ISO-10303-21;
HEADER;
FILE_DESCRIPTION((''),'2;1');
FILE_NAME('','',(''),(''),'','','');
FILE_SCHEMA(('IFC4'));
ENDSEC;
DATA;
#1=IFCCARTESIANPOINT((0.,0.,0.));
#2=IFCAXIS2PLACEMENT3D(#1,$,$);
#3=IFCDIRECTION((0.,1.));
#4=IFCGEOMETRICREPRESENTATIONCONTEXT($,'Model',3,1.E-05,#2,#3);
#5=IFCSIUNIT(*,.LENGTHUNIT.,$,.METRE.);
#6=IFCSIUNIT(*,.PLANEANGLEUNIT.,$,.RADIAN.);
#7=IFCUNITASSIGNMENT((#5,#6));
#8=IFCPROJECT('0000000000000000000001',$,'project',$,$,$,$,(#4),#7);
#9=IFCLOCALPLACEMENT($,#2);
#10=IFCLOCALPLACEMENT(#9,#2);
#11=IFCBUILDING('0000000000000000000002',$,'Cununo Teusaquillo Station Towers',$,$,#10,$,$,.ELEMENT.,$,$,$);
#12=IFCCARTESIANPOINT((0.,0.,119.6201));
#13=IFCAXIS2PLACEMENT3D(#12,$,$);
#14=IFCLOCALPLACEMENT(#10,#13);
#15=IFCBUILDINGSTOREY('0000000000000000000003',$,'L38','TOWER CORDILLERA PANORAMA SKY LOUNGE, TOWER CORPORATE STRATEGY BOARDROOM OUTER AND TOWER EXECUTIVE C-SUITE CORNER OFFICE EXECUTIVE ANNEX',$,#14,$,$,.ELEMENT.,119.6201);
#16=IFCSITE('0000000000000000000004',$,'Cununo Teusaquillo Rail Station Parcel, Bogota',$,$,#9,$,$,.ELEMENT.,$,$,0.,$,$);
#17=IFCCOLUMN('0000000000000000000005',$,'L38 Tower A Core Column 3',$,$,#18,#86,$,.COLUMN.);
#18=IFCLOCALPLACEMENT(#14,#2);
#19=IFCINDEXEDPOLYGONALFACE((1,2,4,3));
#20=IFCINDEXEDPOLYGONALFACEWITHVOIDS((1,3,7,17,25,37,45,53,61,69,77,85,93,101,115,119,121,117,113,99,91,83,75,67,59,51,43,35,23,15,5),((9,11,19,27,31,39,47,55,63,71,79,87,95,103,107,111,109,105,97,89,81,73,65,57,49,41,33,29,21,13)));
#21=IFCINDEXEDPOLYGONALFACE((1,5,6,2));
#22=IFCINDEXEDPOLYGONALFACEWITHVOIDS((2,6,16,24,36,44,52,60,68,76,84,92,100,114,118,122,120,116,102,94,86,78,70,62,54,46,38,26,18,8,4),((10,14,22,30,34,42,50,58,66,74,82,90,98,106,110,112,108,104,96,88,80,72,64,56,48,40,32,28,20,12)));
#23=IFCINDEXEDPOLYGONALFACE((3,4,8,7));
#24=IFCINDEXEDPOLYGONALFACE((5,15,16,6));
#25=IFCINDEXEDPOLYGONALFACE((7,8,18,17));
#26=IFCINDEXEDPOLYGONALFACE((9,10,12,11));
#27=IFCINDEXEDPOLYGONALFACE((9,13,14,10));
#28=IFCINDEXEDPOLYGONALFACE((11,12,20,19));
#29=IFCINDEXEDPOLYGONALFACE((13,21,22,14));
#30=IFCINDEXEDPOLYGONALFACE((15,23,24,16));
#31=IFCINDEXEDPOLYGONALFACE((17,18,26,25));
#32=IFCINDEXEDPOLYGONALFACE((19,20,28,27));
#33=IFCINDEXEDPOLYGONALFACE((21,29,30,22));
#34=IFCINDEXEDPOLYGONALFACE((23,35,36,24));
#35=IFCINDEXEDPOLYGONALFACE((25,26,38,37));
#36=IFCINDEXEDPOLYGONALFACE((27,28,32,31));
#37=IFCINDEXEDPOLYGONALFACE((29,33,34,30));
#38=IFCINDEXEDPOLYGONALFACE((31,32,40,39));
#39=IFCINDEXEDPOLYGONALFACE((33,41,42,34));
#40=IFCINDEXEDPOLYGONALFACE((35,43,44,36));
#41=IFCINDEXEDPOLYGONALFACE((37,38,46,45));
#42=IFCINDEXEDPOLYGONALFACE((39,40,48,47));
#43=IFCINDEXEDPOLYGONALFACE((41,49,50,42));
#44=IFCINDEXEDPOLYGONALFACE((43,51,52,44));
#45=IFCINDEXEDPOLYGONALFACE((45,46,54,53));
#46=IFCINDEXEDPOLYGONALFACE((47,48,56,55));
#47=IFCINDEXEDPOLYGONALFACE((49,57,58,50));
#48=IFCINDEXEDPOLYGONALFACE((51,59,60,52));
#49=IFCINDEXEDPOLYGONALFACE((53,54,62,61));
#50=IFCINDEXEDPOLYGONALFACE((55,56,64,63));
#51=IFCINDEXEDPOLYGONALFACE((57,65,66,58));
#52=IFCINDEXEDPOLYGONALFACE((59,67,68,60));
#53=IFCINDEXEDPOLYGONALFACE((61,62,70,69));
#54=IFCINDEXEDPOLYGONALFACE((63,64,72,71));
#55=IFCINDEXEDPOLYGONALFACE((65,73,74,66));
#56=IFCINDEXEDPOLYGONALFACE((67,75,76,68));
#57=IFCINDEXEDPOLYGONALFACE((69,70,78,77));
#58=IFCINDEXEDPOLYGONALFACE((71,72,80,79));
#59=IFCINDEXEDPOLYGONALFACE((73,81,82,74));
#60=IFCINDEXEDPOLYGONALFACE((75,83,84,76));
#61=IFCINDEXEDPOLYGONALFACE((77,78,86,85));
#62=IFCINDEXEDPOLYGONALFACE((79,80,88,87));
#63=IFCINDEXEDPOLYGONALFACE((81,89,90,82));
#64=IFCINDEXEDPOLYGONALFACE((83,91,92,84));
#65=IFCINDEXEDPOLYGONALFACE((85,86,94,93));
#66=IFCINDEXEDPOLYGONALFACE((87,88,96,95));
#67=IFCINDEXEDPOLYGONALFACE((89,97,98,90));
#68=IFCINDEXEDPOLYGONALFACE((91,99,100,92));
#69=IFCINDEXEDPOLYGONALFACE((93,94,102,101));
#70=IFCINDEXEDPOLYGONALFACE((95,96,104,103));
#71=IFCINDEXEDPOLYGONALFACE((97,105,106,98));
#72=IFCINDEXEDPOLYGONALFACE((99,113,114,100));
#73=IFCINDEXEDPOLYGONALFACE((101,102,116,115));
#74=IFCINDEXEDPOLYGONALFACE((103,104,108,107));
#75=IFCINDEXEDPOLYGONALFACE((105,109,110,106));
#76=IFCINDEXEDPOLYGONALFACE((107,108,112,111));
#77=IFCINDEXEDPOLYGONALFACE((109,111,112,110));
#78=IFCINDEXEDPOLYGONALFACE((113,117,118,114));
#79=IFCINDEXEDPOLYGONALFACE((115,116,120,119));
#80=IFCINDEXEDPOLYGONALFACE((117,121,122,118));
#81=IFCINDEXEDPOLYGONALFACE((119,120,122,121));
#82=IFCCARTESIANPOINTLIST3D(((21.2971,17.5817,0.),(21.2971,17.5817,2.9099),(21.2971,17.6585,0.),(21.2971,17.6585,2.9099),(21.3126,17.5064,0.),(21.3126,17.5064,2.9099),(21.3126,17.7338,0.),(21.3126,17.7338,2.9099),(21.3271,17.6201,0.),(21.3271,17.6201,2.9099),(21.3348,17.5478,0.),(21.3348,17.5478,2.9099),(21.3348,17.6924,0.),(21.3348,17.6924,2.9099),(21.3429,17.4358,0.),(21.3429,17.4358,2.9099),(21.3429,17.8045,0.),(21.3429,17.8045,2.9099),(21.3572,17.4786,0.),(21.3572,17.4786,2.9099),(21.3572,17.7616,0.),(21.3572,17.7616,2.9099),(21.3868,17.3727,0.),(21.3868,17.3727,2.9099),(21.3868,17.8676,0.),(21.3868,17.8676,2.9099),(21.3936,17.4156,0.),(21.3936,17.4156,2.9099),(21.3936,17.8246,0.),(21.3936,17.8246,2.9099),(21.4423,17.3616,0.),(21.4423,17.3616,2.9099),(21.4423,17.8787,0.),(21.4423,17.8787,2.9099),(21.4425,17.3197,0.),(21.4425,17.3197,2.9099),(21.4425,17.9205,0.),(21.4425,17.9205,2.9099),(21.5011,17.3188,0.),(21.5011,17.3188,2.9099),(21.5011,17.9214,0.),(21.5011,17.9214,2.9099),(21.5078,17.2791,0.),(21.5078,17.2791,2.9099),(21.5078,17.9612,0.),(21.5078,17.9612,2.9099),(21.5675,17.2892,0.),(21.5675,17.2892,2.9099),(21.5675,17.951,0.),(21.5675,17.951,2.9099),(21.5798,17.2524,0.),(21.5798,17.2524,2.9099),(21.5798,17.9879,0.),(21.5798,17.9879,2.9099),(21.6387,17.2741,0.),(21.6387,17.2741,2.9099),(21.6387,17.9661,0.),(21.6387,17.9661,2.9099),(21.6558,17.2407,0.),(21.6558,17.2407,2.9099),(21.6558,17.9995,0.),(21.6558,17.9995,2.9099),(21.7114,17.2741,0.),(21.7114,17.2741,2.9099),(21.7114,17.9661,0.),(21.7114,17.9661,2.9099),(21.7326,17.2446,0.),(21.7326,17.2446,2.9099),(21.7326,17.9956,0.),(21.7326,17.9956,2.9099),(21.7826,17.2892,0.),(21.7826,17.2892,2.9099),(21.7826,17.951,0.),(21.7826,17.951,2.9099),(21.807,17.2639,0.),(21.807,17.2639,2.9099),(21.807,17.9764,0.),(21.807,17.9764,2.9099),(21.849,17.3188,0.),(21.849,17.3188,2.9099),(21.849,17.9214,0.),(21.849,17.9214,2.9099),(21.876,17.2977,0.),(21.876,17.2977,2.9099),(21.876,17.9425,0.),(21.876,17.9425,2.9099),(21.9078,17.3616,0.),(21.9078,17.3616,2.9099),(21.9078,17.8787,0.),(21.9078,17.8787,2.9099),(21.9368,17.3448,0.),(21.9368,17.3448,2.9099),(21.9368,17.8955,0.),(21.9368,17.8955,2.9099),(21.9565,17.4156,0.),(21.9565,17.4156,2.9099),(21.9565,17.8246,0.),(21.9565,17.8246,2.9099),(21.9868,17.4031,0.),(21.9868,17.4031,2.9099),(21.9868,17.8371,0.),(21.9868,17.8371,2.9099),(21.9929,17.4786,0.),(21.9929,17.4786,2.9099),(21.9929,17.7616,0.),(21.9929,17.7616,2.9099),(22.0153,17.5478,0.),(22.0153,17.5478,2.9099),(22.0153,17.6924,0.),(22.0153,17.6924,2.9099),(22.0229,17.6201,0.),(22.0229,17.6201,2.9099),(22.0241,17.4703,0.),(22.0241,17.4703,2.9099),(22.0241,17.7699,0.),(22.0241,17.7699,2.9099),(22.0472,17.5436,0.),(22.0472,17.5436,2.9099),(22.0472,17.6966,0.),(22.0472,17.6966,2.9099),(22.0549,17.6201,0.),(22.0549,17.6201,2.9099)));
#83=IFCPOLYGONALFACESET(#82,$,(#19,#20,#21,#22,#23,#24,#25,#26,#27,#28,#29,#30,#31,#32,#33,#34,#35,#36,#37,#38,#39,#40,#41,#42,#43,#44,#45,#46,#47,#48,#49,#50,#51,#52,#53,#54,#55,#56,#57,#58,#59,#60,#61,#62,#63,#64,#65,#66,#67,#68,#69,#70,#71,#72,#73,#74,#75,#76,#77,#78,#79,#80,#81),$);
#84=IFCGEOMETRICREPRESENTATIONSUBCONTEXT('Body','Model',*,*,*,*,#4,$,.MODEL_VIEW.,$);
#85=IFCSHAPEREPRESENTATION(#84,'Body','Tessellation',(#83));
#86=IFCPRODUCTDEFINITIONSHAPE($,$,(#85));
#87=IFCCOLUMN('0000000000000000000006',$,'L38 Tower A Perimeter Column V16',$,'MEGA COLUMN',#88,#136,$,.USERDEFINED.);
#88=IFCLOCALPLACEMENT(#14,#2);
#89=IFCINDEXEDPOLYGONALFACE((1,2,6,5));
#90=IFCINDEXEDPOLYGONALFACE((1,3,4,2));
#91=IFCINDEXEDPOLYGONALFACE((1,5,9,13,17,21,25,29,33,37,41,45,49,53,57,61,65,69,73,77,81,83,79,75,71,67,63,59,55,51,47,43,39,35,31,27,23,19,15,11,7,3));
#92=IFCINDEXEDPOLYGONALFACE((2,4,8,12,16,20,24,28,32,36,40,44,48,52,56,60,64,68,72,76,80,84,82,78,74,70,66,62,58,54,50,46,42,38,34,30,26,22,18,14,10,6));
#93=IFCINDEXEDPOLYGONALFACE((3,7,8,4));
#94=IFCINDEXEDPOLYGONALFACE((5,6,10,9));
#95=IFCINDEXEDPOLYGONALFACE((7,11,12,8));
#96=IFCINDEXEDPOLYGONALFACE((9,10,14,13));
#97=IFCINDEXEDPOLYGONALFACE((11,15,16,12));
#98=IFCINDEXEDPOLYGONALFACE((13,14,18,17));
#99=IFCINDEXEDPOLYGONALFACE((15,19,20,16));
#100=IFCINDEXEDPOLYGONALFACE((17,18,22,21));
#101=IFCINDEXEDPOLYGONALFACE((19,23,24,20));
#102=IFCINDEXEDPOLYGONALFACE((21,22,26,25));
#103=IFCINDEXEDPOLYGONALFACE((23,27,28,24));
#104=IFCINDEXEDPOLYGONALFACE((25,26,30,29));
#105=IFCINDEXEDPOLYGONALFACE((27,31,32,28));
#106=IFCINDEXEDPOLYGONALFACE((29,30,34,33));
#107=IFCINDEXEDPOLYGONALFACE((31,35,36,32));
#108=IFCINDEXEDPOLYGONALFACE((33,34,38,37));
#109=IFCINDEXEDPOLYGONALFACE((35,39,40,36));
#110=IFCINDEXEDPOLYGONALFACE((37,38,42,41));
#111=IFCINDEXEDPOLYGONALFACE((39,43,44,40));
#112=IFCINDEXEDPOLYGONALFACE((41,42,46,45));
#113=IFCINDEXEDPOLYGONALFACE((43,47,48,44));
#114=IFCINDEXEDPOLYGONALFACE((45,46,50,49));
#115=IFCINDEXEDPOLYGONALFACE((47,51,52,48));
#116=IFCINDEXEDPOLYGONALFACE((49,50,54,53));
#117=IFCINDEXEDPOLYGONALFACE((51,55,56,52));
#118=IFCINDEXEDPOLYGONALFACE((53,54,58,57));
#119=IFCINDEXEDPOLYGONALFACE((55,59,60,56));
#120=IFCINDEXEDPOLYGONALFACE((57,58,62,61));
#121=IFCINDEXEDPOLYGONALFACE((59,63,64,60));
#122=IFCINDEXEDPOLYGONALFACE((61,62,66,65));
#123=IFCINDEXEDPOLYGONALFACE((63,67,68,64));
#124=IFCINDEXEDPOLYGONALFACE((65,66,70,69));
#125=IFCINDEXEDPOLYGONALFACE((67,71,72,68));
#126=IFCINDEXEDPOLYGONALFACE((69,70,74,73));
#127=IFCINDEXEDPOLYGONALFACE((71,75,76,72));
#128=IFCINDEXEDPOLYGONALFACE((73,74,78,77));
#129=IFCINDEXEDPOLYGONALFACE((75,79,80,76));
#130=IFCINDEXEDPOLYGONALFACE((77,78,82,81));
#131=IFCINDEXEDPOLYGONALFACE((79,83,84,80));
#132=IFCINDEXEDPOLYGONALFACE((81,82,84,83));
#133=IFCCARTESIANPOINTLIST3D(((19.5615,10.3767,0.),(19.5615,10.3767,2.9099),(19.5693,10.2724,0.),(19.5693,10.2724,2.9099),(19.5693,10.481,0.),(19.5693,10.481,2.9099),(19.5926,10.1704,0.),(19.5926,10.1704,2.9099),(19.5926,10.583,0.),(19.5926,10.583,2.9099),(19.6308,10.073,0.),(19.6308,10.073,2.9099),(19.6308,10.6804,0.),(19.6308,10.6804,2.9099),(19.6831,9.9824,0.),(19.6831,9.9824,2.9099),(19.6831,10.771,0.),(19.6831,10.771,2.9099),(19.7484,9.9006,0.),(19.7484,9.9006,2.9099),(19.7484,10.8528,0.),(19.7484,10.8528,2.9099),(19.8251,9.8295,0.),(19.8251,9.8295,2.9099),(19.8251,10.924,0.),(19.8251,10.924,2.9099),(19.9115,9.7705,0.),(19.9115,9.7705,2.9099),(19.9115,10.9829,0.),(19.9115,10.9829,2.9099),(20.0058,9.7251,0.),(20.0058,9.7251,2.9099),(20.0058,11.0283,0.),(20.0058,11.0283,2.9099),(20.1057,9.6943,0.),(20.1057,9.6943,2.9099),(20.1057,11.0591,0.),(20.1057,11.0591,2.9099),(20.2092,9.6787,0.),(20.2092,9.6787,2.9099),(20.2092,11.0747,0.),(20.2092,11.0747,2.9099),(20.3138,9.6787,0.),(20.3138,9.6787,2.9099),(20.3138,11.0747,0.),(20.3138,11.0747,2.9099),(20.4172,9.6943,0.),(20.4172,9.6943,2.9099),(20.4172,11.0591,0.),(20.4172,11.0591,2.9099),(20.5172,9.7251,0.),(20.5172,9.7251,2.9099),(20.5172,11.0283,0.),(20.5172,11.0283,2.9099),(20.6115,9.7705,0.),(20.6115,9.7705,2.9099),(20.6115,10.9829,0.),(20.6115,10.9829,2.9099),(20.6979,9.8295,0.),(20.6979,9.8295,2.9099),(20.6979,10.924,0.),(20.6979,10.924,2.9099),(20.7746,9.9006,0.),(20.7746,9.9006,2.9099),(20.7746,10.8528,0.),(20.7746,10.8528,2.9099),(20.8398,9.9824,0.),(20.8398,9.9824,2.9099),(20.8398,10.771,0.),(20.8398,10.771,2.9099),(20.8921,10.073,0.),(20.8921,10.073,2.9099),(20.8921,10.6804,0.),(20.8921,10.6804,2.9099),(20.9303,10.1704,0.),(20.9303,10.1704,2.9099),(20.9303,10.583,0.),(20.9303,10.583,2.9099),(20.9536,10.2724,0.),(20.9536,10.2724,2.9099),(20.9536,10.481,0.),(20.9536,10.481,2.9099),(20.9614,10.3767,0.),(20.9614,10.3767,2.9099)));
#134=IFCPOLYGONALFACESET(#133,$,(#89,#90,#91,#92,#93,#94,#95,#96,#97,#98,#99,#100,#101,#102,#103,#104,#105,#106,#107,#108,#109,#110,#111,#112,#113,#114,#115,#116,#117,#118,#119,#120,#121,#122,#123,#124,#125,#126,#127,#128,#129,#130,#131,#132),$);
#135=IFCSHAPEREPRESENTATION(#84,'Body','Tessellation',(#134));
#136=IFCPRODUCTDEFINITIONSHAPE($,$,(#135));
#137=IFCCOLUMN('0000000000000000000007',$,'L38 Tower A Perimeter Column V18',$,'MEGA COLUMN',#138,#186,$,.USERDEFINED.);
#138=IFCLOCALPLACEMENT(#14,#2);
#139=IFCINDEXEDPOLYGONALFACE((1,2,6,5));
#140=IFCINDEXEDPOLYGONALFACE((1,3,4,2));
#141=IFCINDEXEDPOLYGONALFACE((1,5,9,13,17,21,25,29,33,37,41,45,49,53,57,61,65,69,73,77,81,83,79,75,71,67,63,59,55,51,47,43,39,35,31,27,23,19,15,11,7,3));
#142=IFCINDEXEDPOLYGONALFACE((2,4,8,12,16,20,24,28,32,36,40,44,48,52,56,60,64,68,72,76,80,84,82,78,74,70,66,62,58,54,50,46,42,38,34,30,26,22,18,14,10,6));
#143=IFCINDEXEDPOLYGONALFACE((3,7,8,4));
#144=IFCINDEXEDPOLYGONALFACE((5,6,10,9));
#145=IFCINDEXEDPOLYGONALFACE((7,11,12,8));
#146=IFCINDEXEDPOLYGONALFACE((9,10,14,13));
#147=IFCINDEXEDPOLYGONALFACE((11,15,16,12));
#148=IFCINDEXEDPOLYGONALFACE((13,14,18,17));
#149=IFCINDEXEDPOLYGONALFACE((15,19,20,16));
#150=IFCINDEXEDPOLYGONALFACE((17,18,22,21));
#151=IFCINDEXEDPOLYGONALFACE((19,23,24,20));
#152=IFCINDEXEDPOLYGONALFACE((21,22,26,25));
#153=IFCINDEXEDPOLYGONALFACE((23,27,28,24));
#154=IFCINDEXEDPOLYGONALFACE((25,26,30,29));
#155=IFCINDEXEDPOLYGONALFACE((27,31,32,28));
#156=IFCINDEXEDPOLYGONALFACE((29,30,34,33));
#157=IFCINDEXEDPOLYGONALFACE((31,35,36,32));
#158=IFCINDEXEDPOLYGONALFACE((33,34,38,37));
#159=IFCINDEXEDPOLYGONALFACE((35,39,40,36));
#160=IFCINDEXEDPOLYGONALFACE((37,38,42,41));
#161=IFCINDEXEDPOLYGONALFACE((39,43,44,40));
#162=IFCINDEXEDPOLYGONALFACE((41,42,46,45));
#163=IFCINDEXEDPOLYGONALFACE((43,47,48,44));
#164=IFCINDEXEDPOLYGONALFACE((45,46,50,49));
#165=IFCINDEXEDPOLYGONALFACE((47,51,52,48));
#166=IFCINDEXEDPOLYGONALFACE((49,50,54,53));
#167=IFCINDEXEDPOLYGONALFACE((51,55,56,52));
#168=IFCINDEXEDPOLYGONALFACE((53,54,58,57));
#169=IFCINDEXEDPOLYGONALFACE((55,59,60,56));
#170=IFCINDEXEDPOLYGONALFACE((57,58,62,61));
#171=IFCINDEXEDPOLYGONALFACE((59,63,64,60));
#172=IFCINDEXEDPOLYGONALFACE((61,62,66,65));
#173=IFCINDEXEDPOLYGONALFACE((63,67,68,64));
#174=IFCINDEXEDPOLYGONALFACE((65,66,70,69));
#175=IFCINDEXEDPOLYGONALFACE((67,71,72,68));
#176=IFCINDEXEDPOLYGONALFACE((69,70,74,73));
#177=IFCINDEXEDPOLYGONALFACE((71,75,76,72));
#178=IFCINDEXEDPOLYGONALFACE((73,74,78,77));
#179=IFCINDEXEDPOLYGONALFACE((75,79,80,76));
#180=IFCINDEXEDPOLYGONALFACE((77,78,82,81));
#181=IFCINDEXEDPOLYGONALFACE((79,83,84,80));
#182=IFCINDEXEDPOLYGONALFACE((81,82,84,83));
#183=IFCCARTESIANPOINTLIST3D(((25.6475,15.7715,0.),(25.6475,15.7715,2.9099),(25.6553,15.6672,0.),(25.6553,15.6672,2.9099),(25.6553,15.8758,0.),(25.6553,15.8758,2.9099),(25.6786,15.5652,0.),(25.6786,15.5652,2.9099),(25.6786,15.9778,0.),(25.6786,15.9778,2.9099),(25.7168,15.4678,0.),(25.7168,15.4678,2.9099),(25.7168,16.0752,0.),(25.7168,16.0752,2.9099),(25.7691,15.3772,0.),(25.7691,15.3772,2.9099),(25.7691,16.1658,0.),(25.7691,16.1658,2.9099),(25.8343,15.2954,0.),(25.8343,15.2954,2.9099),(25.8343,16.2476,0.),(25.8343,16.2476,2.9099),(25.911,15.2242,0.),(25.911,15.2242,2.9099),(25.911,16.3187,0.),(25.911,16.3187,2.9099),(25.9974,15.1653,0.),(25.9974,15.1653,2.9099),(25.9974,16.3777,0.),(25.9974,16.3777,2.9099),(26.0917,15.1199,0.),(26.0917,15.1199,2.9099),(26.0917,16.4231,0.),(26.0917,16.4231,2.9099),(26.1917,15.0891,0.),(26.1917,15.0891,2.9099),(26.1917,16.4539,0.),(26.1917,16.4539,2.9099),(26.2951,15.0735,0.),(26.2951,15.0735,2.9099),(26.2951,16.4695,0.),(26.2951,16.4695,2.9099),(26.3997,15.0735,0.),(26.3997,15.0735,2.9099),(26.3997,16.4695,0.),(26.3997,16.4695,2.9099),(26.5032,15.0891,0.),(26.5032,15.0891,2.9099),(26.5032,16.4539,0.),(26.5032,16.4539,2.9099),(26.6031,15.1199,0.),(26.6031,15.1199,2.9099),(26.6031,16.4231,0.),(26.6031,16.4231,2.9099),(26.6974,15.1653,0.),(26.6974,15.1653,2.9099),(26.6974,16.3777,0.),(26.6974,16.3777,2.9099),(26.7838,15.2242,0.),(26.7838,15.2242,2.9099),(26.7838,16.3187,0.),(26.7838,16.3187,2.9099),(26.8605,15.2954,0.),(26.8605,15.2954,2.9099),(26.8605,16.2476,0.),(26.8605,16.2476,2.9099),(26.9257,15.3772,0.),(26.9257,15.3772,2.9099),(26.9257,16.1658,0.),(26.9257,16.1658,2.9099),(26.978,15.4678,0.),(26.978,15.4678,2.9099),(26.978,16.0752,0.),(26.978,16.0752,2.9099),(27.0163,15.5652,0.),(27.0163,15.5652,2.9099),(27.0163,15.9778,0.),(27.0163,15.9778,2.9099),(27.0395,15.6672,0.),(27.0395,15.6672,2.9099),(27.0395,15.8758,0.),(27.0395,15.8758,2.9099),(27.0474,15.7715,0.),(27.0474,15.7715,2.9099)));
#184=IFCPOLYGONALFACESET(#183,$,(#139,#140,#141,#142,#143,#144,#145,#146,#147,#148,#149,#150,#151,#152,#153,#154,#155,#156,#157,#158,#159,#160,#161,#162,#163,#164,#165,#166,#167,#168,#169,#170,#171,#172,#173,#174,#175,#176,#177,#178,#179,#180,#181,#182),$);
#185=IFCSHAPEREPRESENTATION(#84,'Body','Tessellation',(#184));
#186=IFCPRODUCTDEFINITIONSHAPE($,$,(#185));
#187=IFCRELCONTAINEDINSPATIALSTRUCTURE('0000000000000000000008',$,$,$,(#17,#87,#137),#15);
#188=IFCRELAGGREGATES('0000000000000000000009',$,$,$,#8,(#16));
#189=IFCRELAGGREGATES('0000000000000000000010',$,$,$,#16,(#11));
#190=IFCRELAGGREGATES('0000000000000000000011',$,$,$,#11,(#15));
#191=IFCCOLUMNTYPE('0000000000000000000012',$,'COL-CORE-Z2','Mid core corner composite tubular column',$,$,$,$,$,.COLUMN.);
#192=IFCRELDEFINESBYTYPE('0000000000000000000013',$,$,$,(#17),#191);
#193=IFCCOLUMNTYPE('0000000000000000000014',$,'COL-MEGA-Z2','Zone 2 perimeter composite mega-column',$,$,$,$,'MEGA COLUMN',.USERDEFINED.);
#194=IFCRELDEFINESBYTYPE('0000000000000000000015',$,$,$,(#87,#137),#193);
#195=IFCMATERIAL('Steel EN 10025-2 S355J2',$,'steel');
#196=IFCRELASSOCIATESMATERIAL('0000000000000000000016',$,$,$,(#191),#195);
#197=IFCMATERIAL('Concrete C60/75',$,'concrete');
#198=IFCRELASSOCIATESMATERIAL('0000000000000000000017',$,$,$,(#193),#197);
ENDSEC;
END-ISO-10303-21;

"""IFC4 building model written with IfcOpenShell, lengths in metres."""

from ifc_helpers import new_model, si_unit, direction, frame, origin, origin_2d, place, context, subcontext, project, spatial, circle, hollow_circle, extrude, material, material_profile, profile_set, type_object, element, save


model = new_model("IFC4")

# Units and contexts
model_context = context("Model", 3, precision=1e-05, world=origin(), true_north=direction((0.0, 1.0)))
body_context = subcontext(model_context, "Body", "Model", "MODEL_VIEW")
ifc_project = project(units=[si_unit("LENGTHUNIT", "METRE"), si_unit("PLANEANGLEUNIT", "RADIAN")], contexts=[model_context])

# Site, building, storey
site_placement = place(None, origin())
site = spatial("IfcSite", under=ifc_project, at=site_placement, Name="Cununo Teusaquillo Rail Station Parcel, Bogota", CompositionType="ELEMENT", RefElevation=0.0)
building_placement = place(site_placement, origin())
building = spatial("IfcBuilding", under=site, at=building_placement, Name="Cununo Teusaquillo Station Towers", CompositionType="ELEMENT")
storey_placement = place(building_placement, frame((0.0, 0.0, 119.6201)))
storey = spatial("IfcBuildingStorey", under=building, at=storey_placement, Name="L38", Description="TOWER CORDILLERA PANORAMA SKY LOUNGE, TOWER CORPORATE STRATEGY BOARDROOM OUTER AND TOWER EXECUTIVE C-SUITE CORNER OFFICE EXECUTIVE ANNEX", CompositionType="ELEMENT", Elevation=119.6201)

# Columns
ifc_material_1 = material(Name="Steel EN 10025-2 S355J2", Category="steel")
ifc_material_profile_1 = material_profile(ifc_material_1, hollow_circle(Radius=0.3799, WallThickness=0.032, at=origin_2d()), Name="CHS 760x32")
ifc_profile_set_1 = profile_set([ifc_material_profile_1], Name="Steel EN 10025-2 S355J2")
column_type_1 = type_object("IfcColumnType", Name="COL-CORE-Z2", Description="Mid core corner composite tubular column", PredefinedType="COLUMN", material=ifc_profile_set_1)
column_placement = place(storey_placement, frame((21.675, 17.6201, 0.0), z_axis=(0.0, 0.0, 1.0), x_axis=(1.0, 0.0, 0.0)))
element("IfcColumn", 1, at=column_placement, inside=storey, type_object=column_type_1, Name="L38 Tower A Core Column 3", PredefinedType="COLUMN", context=body_context, shape_type="SweptSolid", body=[
    extrude(hollow_circle(Radius=0.3799, WallThickness=0.032, at=origin_2d()), origin(), (0.0, 0.0, 1.0), 2.9099),
])
ifc_material_2 = material(Name="Concrete C60/75", Category="concrete")
ifc_material_profile_2 = material_profile(ifc_material_2, circle(Radius=0.7, at=origin_2d()), Name="RC-CIRC-1400")
ifc_profile_set_2 = profile_set([ifc_material_profile_2], Name="Concrete C60/75")
column_type_2 = type_object("IfcColumnType", Name="COL-MEGA-Z2", Description="Zone 2 perimeter composite mega-column", ElementType="MEGA COLUMN", PredefinedType="USERDEFINED", material=ifc_profile_set_2)
for number, where, z_axis, x_axis, name in (
    (2, (20.2615, 10.3767, 0.0), (0.0, 0.0, 1.0), (1.0, 0.0, 0.0), "L38 Tower A Perimeter Column V16"),
    (3, (26.3474, 15.7715, 0.0), (0.0, 0.0, 1.0), (1.0, 0.0, 0.0), "L38 Tower A Perimeter Column V18"),
):
    element("IfcColumn", number, at=place(storey_placement, frame(where, z_axis=z_axis, x_axis=x_axis)), inside=storey, type_object=column_type_2, Name=name, ObjectType="MEGA COLUMN", PredefinedType="USERDEFINED", context=body_context, shape_type="SweptSolid", body=[
        extrude(circle(Radius=0.7, at=origin_2d()), origin(), (0.0, 0.0, 1.0), 2.9099),
    ])

save(model, "model.ifc")
